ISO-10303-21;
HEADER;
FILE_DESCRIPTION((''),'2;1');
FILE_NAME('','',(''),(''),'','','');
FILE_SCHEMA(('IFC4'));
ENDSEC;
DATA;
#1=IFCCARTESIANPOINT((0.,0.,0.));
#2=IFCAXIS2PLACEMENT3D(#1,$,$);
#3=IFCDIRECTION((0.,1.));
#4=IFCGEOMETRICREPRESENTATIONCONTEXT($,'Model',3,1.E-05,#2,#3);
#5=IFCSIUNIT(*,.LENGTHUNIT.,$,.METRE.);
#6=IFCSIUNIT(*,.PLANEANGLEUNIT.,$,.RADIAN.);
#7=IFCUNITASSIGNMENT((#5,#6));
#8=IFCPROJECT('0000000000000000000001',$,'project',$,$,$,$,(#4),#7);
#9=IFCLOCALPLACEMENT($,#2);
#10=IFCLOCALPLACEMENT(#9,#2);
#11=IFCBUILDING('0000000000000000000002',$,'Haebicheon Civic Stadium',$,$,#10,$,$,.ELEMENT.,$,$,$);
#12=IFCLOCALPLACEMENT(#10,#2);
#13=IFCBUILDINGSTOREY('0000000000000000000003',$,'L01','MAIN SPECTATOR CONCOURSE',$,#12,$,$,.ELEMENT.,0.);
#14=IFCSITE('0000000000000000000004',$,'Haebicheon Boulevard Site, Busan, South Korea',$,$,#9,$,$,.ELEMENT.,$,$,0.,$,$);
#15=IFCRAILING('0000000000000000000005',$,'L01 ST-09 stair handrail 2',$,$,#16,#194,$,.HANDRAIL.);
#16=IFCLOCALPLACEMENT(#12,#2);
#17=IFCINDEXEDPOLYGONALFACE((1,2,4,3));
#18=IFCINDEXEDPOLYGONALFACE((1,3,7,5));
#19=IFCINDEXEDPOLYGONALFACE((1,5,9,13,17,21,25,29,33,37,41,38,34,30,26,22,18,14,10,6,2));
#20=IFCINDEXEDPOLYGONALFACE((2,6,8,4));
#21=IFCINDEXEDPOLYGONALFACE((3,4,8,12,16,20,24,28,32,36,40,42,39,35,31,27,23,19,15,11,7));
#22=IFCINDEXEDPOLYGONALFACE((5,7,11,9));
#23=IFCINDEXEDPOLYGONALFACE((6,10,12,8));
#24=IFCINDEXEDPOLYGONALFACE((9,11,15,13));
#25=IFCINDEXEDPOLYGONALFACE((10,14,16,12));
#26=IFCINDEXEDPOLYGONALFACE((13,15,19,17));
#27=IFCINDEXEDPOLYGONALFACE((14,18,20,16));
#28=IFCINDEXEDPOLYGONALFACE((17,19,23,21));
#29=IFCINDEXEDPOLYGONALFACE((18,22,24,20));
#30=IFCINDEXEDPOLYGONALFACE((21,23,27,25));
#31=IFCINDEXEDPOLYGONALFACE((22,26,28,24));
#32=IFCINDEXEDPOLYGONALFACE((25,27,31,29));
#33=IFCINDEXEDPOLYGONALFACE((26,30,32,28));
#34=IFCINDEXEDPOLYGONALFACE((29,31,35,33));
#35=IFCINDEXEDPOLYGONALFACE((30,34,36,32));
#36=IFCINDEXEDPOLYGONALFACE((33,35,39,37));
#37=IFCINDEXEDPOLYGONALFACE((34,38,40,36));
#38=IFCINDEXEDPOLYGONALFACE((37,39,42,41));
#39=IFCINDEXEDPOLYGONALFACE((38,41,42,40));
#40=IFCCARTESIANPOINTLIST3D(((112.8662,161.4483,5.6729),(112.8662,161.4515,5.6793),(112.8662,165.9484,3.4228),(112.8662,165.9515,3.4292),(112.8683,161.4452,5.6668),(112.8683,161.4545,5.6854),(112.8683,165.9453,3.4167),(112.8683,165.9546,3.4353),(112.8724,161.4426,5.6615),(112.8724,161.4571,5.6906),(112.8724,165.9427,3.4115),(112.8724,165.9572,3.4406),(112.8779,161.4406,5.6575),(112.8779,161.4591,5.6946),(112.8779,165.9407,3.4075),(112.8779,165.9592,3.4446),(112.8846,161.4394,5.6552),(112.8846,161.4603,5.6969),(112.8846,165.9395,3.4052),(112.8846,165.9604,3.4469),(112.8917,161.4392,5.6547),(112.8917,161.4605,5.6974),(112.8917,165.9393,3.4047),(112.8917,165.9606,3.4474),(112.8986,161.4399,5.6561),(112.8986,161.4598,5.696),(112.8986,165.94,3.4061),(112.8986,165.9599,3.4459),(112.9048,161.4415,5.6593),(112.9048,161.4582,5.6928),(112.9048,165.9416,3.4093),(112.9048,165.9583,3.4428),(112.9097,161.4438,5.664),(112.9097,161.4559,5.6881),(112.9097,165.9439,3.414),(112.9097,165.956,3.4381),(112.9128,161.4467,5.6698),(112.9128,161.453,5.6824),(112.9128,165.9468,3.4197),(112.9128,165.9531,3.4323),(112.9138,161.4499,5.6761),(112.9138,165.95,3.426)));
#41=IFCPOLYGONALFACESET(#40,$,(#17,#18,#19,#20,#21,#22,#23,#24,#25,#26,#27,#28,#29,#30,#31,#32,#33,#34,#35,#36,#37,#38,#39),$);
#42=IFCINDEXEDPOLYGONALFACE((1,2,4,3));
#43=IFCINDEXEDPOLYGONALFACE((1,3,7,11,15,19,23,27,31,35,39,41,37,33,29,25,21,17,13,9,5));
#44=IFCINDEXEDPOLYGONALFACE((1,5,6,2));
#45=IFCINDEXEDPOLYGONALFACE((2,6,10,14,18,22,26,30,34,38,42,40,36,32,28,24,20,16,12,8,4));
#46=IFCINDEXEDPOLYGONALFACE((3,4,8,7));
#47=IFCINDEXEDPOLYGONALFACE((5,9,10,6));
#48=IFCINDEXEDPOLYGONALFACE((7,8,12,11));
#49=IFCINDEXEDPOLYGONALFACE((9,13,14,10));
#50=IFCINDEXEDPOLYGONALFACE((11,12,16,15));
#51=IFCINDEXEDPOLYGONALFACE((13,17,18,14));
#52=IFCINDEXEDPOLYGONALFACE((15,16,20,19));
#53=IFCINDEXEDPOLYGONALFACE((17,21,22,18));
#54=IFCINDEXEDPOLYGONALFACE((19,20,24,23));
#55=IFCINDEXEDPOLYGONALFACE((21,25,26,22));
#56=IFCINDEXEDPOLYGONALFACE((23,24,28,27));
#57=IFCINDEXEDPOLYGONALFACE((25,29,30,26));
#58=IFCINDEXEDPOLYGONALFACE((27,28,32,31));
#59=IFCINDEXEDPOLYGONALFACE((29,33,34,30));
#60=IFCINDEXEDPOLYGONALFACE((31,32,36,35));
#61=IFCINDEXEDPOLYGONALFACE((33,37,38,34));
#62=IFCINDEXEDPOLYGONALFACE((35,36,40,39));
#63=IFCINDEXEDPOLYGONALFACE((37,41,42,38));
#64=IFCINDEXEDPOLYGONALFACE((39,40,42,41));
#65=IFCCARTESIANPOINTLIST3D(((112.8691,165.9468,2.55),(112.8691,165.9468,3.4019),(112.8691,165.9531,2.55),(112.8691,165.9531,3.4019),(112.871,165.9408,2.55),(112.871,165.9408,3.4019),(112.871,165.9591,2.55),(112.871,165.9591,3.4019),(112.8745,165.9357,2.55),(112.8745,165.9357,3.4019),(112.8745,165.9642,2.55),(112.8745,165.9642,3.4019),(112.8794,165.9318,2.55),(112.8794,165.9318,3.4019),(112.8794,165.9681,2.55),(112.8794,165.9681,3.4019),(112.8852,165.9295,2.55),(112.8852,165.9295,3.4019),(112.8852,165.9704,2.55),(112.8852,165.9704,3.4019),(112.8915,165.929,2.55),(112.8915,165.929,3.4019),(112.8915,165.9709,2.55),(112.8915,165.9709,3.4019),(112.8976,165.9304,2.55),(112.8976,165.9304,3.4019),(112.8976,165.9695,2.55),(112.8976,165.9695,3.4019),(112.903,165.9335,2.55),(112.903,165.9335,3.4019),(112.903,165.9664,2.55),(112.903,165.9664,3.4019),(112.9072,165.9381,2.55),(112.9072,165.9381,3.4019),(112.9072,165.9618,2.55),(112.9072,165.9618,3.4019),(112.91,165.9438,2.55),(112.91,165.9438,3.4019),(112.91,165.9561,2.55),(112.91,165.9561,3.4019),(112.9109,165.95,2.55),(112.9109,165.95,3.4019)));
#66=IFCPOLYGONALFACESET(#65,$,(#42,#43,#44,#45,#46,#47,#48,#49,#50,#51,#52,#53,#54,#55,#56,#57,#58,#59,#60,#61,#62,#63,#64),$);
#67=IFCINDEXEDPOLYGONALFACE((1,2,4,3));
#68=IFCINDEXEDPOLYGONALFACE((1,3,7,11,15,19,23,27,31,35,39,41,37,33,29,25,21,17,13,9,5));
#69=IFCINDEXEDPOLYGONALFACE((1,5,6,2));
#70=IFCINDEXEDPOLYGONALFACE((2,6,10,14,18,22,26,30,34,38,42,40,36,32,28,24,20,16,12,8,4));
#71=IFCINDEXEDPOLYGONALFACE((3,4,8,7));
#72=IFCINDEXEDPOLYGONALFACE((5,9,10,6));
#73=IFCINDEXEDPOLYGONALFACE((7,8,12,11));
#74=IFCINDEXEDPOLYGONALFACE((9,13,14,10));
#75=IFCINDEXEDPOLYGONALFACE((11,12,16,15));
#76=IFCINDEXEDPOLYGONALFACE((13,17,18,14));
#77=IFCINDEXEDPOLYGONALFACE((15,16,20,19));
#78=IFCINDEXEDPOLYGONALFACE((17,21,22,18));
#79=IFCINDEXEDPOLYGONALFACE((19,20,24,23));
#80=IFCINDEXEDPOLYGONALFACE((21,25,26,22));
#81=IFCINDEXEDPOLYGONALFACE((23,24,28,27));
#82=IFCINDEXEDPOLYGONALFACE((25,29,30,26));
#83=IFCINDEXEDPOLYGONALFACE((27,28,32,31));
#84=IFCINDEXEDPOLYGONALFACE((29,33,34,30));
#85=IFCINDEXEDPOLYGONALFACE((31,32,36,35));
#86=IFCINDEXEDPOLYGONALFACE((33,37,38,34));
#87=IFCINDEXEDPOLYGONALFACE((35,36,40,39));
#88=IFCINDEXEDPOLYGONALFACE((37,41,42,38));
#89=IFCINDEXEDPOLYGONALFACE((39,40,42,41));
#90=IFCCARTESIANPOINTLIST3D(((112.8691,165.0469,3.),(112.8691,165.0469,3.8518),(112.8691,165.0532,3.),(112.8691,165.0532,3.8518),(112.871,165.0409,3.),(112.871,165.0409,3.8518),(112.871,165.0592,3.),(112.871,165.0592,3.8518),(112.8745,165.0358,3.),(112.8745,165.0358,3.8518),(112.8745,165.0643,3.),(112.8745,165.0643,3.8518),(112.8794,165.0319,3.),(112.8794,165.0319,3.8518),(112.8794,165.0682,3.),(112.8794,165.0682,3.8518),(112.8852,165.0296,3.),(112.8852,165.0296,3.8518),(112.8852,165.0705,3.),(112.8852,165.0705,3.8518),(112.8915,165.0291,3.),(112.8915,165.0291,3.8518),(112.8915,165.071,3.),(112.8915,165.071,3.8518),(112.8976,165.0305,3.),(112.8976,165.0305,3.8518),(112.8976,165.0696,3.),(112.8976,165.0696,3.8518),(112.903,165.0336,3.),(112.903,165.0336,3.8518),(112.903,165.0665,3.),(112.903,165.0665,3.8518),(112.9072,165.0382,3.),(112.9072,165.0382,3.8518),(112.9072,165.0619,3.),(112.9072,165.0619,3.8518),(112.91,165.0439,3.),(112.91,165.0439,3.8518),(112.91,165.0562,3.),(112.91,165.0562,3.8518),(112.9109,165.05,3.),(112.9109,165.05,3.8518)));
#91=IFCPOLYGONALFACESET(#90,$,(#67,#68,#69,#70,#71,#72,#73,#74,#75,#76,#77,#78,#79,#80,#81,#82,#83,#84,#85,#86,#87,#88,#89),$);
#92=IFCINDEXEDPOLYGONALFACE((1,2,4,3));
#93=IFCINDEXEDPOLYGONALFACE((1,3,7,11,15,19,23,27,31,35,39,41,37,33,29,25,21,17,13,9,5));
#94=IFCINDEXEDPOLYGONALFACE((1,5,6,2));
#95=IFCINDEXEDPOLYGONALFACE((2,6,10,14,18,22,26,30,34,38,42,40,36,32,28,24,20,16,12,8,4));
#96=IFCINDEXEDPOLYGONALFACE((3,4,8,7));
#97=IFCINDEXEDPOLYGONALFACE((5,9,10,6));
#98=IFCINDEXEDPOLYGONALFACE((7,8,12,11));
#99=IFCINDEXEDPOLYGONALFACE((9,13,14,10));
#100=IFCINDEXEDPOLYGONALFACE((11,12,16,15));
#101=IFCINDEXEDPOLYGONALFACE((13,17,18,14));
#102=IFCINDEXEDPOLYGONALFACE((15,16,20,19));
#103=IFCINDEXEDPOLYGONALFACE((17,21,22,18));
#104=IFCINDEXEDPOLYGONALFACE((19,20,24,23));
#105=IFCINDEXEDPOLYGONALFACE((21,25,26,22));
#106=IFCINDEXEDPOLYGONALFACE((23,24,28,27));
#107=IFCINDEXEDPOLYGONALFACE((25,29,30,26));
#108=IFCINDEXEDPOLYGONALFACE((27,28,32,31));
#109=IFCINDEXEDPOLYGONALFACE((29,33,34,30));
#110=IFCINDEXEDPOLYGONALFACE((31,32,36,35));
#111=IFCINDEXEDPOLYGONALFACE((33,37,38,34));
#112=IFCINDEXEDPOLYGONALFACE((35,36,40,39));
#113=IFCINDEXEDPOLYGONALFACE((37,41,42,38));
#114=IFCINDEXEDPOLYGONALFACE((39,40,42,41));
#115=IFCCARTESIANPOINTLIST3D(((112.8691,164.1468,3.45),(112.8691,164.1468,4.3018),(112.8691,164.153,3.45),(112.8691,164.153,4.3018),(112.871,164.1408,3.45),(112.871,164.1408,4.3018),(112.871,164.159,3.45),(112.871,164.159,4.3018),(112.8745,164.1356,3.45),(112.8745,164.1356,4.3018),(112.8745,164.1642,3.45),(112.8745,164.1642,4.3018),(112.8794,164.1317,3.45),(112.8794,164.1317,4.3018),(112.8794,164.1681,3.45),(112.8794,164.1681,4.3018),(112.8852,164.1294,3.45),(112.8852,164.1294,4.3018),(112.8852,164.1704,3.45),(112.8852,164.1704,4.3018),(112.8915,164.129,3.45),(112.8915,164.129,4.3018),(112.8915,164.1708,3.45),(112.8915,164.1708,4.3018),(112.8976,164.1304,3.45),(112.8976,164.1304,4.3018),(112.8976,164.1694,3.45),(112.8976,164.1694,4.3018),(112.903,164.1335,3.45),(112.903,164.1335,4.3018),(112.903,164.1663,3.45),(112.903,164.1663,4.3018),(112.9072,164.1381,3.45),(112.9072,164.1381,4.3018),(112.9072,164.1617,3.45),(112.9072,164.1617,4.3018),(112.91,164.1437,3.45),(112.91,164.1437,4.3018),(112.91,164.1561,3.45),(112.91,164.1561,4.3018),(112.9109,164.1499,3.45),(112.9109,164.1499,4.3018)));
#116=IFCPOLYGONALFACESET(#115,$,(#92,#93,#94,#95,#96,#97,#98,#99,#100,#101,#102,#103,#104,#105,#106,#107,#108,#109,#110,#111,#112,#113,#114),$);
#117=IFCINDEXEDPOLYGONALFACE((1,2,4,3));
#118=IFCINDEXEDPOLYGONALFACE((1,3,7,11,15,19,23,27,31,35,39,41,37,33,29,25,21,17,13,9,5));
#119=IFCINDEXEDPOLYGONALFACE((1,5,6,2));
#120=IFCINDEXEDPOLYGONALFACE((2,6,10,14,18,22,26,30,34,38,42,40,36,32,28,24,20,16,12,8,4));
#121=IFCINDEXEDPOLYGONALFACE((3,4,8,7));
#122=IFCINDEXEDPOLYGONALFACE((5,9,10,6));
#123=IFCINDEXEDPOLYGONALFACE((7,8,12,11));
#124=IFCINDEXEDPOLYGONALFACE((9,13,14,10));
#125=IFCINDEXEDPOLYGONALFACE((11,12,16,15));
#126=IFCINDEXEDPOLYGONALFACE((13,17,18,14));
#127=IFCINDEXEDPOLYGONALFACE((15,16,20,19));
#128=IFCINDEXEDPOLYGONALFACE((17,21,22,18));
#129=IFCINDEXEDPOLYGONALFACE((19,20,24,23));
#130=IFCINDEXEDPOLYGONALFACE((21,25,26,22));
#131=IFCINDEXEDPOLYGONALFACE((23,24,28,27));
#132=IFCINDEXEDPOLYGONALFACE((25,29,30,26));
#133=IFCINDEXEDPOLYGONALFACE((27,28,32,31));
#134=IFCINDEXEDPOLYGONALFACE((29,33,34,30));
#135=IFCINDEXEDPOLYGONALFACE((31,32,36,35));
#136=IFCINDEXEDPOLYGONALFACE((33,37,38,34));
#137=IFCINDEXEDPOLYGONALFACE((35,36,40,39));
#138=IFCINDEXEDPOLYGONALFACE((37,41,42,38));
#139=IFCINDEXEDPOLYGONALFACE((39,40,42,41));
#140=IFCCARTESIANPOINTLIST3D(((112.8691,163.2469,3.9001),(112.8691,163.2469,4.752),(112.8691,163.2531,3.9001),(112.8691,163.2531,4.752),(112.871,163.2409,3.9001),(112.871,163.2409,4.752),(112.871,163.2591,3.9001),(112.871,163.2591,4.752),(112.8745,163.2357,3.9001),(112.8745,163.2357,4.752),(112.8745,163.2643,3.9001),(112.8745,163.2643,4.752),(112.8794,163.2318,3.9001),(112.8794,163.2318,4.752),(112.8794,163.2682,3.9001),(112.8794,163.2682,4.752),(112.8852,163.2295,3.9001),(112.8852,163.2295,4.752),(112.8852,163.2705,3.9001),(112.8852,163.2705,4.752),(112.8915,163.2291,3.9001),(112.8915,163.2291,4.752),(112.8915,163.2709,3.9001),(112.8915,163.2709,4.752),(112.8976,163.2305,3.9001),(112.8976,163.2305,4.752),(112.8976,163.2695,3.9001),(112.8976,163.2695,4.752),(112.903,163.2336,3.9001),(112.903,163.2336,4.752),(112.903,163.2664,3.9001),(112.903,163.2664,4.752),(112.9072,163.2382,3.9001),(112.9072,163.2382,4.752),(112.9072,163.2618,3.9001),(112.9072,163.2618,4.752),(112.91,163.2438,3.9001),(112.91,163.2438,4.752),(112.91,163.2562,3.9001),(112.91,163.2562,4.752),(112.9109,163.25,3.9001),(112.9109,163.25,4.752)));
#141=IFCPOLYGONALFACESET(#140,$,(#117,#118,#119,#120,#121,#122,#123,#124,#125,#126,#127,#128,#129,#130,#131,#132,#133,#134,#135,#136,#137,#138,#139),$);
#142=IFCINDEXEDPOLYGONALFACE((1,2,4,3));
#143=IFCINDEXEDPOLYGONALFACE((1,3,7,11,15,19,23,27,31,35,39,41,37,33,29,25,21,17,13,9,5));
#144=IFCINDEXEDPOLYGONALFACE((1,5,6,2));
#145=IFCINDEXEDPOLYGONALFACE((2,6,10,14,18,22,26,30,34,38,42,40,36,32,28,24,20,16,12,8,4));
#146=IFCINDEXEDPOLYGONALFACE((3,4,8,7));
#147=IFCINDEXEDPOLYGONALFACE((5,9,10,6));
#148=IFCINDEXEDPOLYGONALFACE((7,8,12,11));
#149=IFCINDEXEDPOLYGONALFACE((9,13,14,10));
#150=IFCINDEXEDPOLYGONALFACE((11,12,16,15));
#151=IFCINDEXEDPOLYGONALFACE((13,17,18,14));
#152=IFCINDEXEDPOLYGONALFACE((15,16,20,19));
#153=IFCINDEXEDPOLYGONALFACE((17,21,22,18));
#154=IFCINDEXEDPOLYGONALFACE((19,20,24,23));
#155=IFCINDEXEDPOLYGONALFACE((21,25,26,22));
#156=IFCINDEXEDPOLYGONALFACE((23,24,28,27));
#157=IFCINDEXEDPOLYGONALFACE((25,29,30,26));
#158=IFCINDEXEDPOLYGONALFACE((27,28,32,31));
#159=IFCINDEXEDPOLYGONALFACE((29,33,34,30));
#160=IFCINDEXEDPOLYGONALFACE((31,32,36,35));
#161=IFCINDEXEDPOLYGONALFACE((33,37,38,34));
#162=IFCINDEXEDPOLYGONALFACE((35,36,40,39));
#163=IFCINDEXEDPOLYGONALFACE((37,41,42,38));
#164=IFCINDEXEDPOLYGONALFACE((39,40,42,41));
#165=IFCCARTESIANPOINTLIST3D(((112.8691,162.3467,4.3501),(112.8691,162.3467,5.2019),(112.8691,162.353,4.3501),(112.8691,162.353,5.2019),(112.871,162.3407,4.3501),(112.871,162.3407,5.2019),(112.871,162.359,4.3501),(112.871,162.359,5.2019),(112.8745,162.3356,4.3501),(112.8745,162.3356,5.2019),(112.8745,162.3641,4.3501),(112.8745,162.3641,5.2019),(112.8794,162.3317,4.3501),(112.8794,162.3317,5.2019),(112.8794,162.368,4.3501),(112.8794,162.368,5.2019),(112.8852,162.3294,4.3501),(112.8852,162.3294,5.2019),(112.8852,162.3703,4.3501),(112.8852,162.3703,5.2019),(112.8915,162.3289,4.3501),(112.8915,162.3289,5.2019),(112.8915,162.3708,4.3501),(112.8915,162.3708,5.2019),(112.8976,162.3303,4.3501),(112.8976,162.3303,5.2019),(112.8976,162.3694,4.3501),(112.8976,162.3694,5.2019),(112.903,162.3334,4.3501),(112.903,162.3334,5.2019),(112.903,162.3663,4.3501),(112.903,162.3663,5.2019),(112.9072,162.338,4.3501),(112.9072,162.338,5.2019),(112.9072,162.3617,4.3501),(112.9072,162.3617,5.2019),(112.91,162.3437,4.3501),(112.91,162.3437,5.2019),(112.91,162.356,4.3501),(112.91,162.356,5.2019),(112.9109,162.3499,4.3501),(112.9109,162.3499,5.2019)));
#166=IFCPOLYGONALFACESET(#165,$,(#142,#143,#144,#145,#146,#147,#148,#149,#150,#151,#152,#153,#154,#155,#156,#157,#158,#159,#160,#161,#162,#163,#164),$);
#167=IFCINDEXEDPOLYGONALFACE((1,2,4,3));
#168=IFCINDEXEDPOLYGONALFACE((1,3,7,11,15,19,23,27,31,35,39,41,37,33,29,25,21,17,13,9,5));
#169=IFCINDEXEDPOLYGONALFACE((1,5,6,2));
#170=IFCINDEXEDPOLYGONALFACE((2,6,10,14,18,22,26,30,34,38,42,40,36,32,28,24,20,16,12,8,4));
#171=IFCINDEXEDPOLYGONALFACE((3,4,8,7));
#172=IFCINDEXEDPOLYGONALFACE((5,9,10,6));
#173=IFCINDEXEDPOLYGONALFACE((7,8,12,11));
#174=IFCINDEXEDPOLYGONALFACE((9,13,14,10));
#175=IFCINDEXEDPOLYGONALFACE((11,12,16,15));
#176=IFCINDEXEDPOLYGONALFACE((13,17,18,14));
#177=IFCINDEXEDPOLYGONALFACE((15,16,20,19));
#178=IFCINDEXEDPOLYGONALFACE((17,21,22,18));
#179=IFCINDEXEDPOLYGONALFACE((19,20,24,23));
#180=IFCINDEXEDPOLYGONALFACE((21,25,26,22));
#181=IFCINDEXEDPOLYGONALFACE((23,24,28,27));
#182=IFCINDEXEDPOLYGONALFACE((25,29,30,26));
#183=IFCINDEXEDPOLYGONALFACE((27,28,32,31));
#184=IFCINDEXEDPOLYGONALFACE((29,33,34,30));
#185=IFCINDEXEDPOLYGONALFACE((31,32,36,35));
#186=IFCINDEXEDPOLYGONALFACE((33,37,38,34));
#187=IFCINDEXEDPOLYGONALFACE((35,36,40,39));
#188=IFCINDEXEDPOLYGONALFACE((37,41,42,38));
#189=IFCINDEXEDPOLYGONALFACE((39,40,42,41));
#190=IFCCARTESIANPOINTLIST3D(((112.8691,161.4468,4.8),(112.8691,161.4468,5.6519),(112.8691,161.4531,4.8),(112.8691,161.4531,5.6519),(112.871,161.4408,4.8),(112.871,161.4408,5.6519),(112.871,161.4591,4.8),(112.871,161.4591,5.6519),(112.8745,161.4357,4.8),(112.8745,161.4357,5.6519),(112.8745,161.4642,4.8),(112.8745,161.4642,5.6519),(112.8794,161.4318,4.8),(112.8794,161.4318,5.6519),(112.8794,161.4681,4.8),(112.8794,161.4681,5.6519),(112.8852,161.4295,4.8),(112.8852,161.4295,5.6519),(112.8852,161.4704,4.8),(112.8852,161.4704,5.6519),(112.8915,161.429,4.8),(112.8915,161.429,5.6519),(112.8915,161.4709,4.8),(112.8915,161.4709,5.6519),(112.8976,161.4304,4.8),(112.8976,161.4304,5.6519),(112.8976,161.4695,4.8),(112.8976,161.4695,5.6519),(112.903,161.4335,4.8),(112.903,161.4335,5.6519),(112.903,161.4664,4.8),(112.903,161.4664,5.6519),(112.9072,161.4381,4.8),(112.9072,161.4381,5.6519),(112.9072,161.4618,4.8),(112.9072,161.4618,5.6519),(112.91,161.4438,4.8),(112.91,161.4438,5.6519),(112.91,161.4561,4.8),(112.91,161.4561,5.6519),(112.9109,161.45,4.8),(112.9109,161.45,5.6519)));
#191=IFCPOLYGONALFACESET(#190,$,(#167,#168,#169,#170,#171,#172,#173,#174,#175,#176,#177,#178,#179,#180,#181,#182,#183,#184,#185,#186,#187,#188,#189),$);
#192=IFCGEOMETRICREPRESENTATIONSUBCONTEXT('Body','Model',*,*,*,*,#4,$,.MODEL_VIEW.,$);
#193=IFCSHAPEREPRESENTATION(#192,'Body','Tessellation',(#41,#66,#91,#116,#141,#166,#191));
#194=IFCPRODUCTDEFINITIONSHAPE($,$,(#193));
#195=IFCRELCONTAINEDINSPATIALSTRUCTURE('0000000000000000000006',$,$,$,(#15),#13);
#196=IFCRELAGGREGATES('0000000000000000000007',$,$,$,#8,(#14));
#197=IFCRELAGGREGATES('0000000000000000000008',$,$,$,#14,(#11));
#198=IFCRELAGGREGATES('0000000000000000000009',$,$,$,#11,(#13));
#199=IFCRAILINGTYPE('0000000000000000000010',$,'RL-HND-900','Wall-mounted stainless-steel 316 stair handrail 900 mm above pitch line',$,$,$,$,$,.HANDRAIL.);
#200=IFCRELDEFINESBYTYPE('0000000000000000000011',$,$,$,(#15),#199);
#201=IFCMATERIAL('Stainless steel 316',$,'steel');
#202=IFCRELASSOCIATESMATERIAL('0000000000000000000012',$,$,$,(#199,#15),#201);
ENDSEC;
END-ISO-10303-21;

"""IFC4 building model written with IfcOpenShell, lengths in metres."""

from ifc_helpers import new_model, si_unit, direction, frame, origin, origin_2d, place, context, subcontext, project, spatial, circle, extrude, material, type_object, element, save


model = new_model("IFC4")

# Units and contexts
model_context = context("Model", 3, precision=1e-05, world=origin(), true_north=direction((0.0, 1.0)))
body_context = subcontext(model_context, "Body", "Model", "MODEL_VIEW")
ifc_project = project(units=[si_unit("LENGTHUNIT", "METRE"), si_unit("PLANEANGLEUNIT", "RADIAN")], contexts=[model_context])

# Site, building, storey
site_placement = place(None, origin())
site = spatial("IfcSite", under=ifc_project, at=site_placement, Name="Haebicheon Boulevard Site, Busan, South Korea", CompositionType="ELEMENT", RefElevation=0.0)
building_placement = place(site_placement, origin())
building = spatial("IfcBuilding", under=site, at=building_placement, Name="Haebicheon Civic Stadium", CompositionType="ELEMENT")
storey_placement = place(building_placement, origin())
storey = spatial("IfcBuildingStorey", under=building, at=storey_placement, Name="L01", Description="MAIN SPECTATOR CONCOURSE", CompositionType="ELEMENT", Elevation=0.0)

# Railing
ifc_material_1 = material(Name="Stainless steel 316", Category="steel")
railing_type_1 = type_object("IfcRailingType", Name="RL-HND-900", Description="Wall-mounted stainless-steel 316 stair handrail 900 mm above pitch line", PredefinedType="HANDRAIL", material=ifc_material_1)
railing_1_placement = place(storey_placement, frame((112.8899, 165.95, 2.55)))
element("IfcRailing", 1, at=railing_1_placement, inside=storey, type_object=railing_type_1, material=ifc_material_1, Name="L01 ST-09 stair handrail 2", PredefinedType="HANDRAIL", context=body_context, shape_type="SweptSolid", body=[
    extrude(circle(Radius=0.0239, at=origin_2d()), frame((0.0, 0.0, 0.876), z_axis=(0.0, -0.894427, 0.447214), x_axis=(1.0, 0.0, 0.0)), (0.0, 0.0, 1.0), 5.0312),
    extrude(circle(Radius=0.021, at=origin_2d()), origin(), (0.0, 0.0, 1.0), 0.8518),
    extrude(circle(Radius=0.021, at=origin_2d()), frame((0.0, -0.8999, 0.45)), (0.0, 0.0, 1.0), 0.8518),
    extrude(circle(Radius=0.021, at=origin_2d()), frame((0.0, -1.8, 0.8999)), (0.0, 0.0, 1.0), 0.8518),
    extrude(circle(Radius=0.021, at=origin_2d()), frame((0.0, -2.7, 1.3501)), (0.0, 0.0, 1.0), 0.8518),
    extrude(circle(Radius=0.021, at=origin_2d()), frame((0.0, -3.6001, 1.8)), (0.0, 0.0, 1.0), 0.8518),
    extrude(circle(Radius=0.021, at=origin_2d()), frame((0.0, -4.5, 2.25)), (0.0, 0.0, 1.0), 0.8518),
])

save(model, "model.ifc")
